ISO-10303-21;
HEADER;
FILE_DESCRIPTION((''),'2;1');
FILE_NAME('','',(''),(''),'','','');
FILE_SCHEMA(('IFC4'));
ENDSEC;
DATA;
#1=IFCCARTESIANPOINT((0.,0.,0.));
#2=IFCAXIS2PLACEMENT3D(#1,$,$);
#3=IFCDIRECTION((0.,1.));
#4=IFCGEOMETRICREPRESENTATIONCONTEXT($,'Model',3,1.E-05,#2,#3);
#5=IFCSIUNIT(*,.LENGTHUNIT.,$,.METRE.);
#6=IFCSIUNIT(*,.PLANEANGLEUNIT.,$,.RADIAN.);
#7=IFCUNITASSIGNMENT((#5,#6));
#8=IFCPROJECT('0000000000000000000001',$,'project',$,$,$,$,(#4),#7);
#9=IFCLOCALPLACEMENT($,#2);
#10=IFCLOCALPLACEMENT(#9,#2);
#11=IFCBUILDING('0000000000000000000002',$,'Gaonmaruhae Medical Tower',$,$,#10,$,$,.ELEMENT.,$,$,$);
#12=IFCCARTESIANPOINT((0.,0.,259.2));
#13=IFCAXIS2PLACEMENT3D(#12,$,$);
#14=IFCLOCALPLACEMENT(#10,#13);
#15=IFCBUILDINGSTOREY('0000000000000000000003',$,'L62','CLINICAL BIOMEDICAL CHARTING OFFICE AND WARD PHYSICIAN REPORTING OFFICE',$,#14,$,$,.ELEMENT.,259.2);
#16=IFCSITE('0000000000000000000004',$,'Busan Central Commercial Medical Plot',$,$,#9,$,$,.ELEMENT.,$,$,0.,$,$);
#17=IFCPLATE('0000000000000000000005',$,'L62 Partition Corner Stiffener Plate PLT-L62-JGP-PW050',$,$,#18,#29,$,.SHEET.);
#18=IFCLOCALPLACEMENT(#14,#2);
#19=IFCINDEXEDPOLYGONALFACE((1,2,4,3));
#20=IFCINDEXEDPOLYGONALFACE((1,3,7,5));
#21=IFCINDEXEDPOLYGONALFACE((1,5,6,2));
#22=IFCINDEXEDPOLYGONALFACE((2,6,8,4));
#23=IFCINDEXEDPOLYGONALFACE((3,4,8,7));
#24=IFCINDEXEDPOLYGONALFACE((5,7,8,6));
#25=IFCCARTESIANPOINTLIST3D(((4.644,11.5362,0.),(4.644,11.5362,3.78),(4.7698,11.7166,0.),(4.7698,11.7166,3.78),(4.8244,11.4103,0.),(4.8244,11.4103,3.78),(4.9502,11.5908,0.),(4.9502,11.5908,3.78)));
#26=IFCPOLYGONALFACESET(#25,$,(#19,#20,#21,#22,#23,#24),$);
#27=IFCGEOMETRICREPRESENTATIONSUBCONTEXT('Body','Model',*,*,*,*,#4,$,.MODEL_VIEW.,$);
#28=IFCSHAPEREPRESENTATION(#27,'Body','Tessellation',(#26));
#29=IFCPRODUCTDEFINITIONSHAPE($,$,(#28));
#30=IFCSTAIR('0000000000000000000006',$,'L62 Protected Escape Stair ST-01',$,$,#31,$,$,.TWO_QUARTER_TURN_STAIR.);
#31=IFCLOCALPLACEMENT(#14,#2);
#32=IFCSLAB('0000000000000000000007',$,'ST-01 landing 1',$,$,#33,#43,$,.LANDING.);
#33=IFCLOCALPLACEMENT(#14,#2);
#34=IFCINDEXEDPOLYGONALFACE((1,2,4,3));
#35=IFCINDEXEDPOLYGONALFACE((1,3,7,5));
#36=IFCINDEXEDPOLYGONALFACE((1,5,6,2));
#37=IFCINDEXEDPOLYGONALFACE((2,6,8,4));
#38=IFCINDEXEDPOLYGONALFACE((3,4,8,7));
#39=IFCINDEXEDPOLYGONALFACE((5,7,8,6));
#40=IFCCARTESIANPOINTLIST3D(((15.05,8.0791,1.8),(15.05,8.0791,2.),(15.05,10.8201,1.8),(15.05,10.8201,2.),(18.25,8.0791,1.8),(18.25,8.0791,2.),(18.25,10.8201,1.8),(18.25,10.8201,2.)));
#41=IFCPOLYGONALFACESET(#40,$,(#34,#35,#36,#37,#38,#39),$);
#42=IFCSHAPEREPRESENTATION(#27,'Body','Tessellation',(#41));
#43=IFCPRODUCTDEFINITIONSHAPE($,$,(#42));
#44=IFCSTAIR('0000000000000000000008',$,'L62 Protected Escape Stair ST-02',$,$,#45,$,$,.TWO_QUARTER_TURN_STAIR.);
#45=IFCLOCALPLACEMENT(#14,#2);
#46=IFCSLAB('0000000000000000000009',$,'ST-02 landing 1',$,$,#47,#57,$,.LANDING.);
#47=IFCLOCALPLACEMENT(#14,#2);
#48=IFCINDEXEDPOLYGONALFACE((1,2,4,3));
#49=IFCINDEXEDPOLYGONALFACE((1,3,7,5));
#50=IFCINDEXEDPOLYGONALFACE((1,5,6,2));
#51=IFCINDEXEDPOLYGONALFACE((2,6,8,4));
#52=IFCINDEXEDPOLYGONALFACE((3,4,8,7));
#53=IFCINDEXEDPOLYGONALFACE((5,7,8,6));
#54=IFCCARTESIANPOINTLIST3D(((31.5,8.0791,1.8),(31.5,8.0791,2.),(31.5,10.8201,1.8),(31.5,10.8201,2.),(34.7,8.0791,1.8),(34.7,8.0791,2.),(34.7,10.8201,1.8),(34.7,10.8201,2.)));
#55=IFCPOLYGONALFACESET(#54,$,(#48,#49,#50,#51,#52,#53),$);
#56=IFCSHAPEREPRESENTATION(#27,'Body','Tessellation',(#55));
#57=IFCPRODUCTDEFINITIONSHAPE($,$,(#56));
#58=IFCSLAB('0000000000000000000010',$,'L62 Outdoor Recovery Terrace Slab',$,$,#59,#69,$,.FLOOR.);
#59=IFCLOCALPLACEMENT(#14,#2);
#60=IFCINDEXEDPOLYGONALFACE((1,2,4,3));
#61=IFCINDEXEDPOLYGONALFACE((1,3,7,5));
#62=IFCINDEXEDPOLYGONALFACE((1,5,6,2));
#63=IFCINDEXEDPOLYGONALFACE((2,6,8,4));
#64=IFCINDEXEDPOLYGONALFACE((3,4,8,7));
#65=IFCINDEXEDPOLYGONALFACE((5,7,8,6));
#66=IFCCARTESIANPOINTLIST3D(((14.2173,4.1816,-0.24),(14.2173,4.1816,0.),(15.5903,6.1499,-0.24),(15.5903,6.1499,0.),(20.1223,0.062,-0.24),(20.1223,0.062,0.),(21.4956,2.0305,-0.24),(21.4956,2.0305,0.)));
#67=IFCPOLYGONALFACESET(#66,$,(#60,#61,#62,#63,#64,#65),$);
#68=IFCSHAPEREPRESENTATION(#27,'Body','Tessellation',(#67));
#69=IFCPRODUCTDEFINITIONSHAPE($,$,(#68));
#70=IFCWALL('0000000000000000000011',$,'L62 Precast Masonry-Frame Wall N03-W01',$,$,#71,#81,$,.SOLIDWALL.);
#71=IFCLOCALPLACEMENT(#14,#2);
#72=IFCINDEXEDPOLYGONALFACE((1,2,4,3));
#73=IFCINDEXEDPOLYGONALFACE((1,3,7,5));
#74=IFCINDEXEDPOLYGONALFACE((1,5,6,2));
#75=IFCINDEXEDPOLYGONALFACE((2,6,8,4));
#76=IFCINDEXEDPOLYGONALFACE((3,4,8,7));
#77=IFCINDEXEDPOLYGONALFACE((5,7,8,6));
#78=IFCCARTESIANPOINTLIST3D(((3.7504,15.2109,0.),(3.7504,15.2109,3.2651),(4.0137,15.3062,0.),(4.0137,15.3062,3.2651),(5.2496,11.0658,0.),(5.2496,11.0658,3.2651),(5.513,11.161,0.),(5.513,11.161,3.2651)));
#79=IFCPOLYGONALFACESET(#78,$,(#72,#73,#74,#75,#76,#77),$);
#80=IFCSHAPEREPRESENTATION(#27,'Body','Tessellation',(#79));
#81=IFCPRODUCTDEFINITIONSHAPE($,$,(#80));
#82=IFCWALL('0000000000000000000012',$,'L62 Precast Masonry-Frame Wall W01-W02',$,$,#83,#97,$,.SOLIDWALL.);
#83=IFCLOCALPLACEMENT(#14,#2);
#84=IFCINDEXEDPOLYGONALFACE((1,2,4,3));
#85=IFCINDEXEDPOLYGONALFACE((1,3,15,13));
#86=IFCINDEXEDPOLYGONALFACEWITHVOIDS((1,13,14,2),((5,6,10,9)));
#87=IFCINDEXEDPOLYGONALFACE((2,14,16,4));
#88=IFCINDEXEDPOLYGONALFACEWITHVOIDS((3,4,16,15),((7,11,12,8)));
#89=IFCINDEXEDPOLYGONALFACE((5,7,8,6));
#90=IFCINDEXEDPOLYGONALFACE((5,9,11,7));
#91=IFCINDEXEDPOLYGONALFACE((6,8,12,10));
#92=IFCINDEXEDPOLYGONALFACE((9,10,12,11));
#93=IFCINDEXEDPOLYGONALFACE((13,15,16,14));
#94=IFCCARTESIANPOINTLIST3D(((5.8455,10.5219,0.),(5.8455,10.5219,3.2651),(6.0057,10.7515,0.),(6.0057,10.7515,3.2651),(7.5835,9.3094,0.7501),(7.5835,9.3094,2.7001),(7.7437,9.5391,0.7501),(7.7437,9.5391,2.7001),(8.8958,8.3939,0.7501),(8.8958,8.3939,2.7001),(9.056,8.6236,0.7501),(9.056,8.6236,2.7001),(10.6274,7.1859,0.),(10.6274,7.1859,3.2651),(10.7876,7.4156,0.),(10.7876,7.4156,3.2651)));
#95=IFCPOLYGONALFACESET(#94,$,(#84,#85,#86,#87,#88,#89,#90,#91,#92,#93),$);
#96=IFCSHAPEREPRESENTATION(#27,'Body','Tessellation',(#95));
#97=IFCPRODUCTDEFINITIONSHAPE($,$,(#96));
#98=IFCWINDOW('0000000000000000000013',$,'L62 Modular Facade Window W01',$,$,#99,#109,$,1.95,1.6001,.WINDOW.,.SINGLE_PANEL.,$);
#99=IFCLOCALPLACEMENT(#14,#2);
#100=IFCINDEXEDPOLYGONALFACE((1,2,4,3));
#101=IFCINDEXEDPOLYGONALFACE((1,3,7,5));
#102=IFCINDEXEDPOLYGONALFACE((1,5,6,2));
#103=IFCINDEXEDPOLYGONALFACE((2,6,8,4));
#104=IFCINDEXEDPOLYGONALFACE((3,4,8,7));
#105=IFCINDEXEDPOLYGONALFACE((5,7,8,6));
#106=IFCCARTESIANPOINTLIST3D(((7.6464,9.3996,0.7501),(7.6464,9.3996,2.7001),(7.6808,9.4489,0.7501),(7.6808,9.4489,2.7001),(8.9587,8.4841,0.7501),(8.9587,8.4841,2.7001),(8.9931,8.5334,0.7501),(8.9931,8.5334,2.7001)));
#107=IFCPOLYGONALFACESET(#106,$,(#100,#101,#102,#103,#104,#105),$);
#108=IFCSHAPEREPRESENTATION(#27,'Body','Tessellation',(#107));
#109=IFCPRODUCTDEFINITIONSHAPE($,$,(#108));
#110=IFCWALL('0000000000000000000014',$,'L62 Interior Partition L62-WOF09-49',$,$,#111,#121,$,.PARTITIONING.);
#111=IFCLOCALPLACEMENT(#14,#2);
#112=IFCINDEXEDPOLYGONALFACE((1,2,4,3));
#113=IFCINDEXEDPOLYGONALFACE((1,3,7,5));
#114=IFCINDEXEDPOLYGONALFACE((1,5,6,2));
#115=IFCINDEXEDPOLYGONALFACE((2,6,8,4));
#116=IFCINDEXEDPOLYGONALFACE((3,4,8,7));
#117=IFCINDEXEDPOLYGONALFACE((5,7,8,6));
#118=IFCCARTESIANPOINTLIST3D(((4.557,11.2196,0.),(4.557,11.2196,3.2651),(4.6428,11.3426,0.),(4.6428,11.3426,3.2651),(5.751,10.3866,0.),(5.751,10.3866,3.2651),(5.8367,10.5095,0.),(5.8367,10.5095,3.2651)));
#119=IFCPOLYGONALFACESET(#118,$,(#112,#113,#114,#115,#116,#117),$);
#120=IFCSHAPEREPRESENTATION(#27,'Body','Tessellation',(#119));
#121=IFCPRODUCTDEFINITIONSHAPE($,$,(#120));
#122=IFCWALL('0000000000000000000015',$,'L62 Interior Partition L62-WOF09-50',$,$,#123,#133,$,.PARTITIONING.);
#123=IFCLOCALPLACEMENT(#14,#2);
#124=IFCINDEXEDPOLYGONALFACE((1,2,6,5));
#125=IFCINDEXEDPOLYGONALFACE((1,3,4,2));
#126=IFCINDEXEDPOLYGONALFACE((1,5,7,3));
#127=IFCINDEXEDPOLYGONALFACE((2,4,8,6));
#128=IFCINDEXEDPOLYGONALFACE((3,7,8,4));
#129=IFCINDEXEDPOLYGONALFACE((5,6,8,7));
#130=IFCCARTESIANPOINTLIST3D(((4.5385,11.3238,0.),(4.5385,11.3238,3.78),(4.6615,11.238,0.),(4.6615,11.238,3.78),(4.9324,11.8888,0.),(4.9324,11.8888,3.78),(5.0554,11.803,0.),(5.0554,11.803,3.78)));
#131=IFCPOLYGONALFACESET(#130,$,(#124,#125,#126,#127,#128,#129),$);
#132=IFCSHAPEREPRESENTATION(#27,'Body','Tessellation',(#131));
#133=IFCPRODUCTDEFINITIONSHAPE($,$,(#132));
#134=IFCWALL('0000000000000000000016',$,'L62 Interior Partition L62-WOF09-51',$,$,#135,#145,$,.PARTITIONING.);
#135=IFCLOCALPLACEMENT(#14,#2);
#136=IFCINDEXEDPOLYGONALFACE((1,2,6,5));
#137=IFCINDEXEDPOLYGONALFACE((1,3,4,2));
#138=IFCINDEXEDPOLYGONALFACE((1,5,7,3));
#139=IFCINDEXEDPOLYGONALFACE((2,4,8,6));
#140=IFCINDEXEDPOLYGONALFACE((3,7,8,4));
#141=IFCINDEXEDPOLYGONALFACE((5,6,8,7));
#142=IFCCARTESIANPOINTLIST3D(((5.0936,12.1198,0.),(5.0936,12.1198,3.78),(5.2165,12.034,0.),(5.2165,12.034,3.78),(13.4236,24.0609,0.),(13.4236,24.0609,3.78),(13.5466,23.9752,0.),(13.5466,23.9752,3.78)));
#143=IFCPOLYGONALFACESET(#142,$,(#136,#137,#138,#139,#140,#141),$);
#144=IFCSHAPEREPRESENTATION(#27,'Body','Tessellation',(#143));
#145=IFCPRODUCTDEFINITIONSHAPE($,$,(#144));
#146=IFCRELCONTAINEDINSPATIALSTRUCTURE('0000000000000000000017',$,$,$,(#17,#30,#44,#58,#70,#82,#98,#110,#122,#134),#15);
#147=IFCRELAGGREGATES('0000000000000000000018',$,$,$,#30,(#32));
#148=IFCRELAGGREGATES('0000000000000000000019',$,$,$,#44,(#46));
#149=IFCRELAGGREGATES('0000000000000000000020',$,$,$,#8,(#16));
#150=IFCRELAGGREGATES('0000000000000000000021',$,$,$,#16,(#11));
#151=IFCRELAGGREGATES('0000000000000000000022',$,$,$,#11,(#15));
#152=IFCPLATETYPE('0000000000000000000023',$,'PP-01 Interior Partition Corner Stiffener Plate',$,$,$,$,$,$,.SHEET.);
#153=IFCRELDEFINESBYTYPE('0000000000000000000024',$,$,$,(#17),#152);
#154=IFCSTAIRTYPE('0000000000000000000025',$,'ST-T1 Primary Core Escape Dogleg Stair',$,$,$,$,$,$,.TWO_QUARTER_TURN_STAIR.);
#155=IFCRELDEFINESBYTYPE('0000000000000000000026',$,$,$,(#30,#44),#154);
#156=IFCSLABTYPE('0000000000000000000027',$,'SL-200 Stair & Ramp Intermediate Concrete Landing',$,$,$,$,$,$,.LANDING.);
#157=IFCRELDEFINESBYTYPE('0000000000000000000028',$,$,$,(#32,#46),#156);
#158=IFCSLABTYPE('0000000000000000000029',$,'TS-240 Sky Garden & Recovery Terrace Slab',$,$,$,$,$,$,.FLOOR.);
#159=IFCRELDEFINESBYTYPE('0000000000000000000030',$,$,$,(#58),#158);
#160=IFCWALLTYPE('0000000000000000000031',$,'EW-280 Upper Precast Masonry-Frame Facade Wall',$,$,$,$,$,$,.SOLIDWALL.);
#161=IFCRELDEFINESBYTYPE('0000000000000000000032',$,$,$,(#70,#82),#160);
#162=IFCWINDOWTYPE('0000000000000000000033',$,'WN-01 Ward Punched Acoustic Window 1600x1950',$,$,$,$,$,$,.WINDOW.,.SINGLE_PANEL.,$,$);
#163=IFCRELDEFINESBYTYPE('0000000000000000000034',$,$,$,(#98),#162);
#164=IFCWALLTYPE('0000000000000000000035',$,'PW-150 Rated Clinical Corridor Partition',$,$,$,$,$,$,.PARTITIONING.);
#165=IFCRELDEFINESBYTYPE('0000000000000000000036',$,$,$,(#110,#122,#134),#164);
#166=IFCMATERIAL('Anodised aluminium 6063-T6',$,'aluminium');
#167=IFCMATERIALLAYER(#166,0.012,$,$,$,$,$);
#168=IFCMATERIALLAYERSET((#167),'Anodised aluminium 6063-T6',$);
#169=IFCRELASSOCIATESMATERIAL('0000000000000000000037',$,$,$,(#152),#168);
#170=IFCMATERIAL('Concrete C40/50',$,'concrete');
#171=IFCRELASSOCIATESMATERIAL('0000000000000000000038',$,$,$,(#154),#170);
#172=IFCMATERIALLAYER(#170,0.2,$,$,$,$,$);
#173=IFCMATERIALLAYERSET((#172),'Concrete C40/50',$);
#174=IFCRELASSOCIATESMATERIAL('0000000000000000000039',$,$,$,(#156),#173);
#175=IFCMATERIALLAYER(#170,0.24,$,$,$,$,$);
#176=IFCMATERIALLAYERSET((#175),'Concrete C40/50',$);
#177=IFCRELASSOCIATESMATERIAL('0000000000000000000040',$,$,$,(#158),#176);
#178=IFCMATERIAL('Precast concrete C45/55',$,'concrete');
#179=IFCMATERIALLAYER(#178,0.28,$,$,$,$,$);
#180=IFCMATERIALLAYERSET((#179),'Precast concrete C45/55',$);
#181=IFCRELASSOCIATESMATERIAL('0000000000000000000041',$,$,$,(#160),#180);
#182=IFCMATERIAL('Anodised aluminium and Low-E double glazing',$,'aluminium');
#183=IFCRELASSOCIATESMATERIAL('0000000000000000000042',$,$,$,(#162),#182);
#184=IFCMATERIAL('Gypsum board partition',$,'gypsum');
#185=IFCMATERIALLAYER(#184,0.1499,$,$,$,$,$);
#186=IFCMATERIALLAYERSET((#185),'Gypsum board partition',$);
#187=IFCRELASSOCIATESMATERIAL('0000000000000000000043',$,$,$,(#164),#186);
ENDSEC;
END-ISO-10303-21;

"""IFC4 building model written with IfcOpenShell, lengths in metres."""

from ifc_helpers import new_model, si_unit, direction, frame, frame_2d, origin, origin_2d, place, context, subcontext, project, spatial, polyline, rectangle, outline, extrude, material, layer, layer_set, type_object, element, fill, aggregate, save


model = new_model("IFC4")

# Units and contexts
model_context = context("Model", 3, precision=1e-05, world=origin(), true_north=direction((0.0, 1.0)))
body_context = subcontext(model_context, "Body", "Model", "MODEL_VIEW")
ifc_project = project(units=[si_unit("LENGTHUNIT", "METRE"), si_unit("PLANEANGLEUNIT", "RADIAN")], contexts=[model_context])

# Site, building, storey
site_placement = place(None, origin())
site = spatial("IfcSite", under=ifc_project, at=site_placement, Name="Busan Central Commercial Medical Plot", CompositionType="ELEMENT", RefElevation=0.0)
building_placement = place(site_placement, origin())
building = spatial("IfcBuilding", under=site, at=building_placement, Name="Gaonmaruhae Medical Tower", CompositionType="ELEMENT")
storey_placement = place(building_placement, frame((0.0, 0.0, 259.2)))
storey = spatial("IfcBuildingStorey", under=building, at=storey_placement, Name="L62", Description="CLINICAL BIOMEDICAL CHARTING OFFICE AND WARD PHYSICIAN REPORTING OFFICE", CompositionType="ELEMENT", Elevation=259.2)

# Shared definitions
ifc_material_1 = material(Name="Concrete C40/50", Category="concrete")

# Plate
ifc_material_2 = material(Name="Anodised aluminium 6063-T6", Category="aluminium")
ifc_layer_1 = layer(ifc_material_2, 0.012)
ifc_layer_set_1 = layer_set([ifc_layer_1], Name="Anodised aluminium 6063-T6")
plate_type = type_object("IfcPlateType", Name="PP-01 Interior Partition Corner Stiffener Plate", PredefinedType="SHEET", material=ifc_layer_set_1)
plate_1_placement = place(storey_placement, frame((4.7971, 11.5635, 0.0), z_axis=(0.0, 0.0, 1.0), x_axis=(0.572003, 0.820252, 0.0)))
element("IfcPlate", 1, at=plate_1_placement, inside=storey, type_object=plate_type, Name="L62 Partition Corner Stiffener Plate PLT-L62-JGP-PW050", PredefinedType="SHEET", context=body_context, shape_type="SweptSolid", body=[
    extrude(rectangle(XDim=0.22, YDim=0.22, at=origin_2d()), origin(), (0.0, 0.0, 1.0), 3.78),
])

# Stairs, slabs
stair_type = type_object("IfcStairType", Name="ST-T1 Primary Core Escape Dogleg Stair", PredefinedType="TWO_QUARTER_TURN_STAIR", material=ifc_material_1)
stair_1_placement = place(storey_placement, origin())
stair_1 = element("IfcStair", 2, at=stair_1_placement, inside=storey, type_object=stair_type, Name="L62 Protected Escape Stair ST-01", PredefinedType="TWO_QUARTER_TURN_STAIR")
ifc_layer_2 = layer(ifc_material_1, 0.2)
ifc_layer_set_2 = layer_set([ifc_layer_2], Name="Concrete C40/50")
slab_type_1 = type_object("IfcSlabType", Name="SL-200 Stair & Ramp Intermediate Concrete Landing", PredefinedType="LANDING", material=ifc_layer_set_2)
slab_1_placement = place(storey_placement, frame((0.0, 0.0, 1.8)))
slab_1 = element("IfcSlab", 3, at=slab_1_placement, type_object=slab_type_1, Name="ST-01 landing 1", PredefinedType="LANDING", context=body_context, shape_type="SweptSolid", body=[
    extrude(outline(polyline([(15.05, 10.8201), (15.05, 8.0791), (18.25, 8.0791), (18.25, 10.8201), (15.05, 10.8201)])), origin(), (0.0, 0.0, 1.0), 0.2),
])
aggregate(stair_1, [slab_1])
stair_2_placement = place(storey_placement, origin())
stair_2 = element("IfcStair", 4, at=stair_2_placement, inside=storey, type_object=stair_type, Name="L62 Protected Escape Stair ST-02", PredefinedType="TWO_QUARTER_TURN_STAIR")
slab_2_placement = place(storey_placement, frame((0.0, 0.0, 1.8)))
slab_2 = element("IfcSlab", 5, at=slab_2_placement, type_object=slab_type_1, Name="ST-02 landing 1", PredefinedType="LANDING", context=body_context, shape_type="SweptSolid", body=[
    extrude(outline(polyline([(31.5, 10.8201), (31.5, 8.0791), (34.7, 8.0791), (34.7, 10.8201), (31.5, 10.8201)])), origin(), (0.0, 0.0, 1.0), 0.2),
])
aggregate(stair_2, [slab_2])

# Slab
ifc_layer_3 = layer(ifc_material_1, 0.24)
ifc_layer_set_3 = layer_set([ifc_layer_3], Name="Concrete C40/50")
slab_type_2 = type_object("IfcSlabType", Name="TS-240 Sky Garden & Recovery Terrace Slab", PredefinedType="FLOOR", material=ifc_layer_set_3)
slab_3_placement = place(storey_placement, frame((0.0, 0.0, -0.24)))
element("IfcSlab", 6, at=slab_3_placement, inside=storey, type_object=slab_type_2, Name="L62 Outdoor Recovery Terrace Slab", PredefinedType="FLOOR", context=body_context, shape_type="SweptSolid", body=[
    extrude(outline(polyline([(20.1223, 0.062), (21.4956, 2.0305), (15.5903, 6.1499), (14.2173, 4.1816), (20.1223, 0.062)])), origin(), (0.0, 0.0, 1.0), 0.24),
])

# Wall
ifc_material_3 = material(Name="Precast concrete C45/55", Category="concrete")
ifc_layer_4 = layer(ifc_material_3, 0.28)
ifc_layer_set_4 = layer_set([ifc_layer_4], Name="Precast concrete C45/55")
wall_type_1 = type_object("IfcWallType", Name="EW-280 Upper Precast Masonry-Frame Facade Wall", PredefinedType="SOLIDWALL", material=ifc_layer_set_4)
wall_1_placement = place(storey_placement, frame((5.3813, 11.1133, 0.0), z_axis=(0.0, 0.0, 1.0), x_axis=(-0.340119, 0.940382, 0.0)))
element("IfcWall", 7, at=wall_1_placement, inside=storey, type_object=wall_type_1, Name="L62 Precast Masonry-Frame Wall N03-W01", PredefinedType="SOLIDWALL", context=body_context, shape_type="SweptSolid", body=[
    extrude(rectangle(XDim=4.408, YDim=0.28, at=frame_2d((2.2041, 0.0))), origin(), (0.0, 0.0, 1.0), 3.2651),
])

# Wall, opening, window
wall_2_placement = place(storey_placement, frame((10.7075, 7.3008, 0.0), z_axis=(0.0, 0.0, 1.0), x_axis=(-0.820153, 0.572144, 0.0)))
wall_2 = element("IfcWall", 8, at=wall_2_placement, inside=storey, type_object=wall_type_1, Name="L62 Precast Masonry-Frame Wall W01-W02", PredefinedType="SOLIDWALL", context=body_context, shape_type="SweptSolid", body=[
    extrude(rectangle(XDim=5.8306, YDim=0.28, at=frame_2d((2.9153, 0.0))), origin(), (0.0, 0.0, 1.0), 3.2651),
])
opening_placement = place(wall_2_placement, frame((2.1113, 0.0, 0.75)))
opening = element("IfcOpeningElement", 9, at=opening_placement, cuts=wall_2, PredefinedType="OPENING", context=body_context, shape_type="SweptSolid", body=[
    extrude(rectangle(XDim=1.6001, YDim=1.95, at=frame_2d((0.8, 0.9751))), frame((0.0, 0.1499, 0.0), z_axis=(0.0, -1.0, 0.0), x_axis=(1.0, 0.0, 0.0)), (0.0, 0.0, 1.0), 0.3),
])
ifc_material_4 = material(Name="Anodised aluminium and Low-E double glazing", Category="aluminium")
window_type = type_object("IfcWindowType", Name="WN-01 Ward Punched Acoustic Window 1600x1950", PartitioningType="SINGLE_PANEL", PredefinedType="WINDOW", material=ifc_material_4)
window_placement = place(opening_placement, origin())
window = element("IfcWindow", 10, at=window_placement, inside=storey, type_object=window_type, Name="L62 Modular Facade Window W01", OverallHeight=1.95, OverallWidth=1.6001, PartitioningType="SINGLE_PANEL", PredefinedType="WINDOW", context=body_context, shape_type="SweptSolid", body=[
    extrude(rectangle(XDim=1.6001, YDim=1.95, at=frame_2d((0.8, 0.9751))), frame((0.0, 0.03, 0.0), z_axis=(0.0, -1.0, 0.0), x_axis=(1.0, 0.0, 0.0)), (0.0, 0.0, 1.0), 0.0601),
])
fill(opening, window)

# Walls
ifc_material_5 = material(Name="Gypsum board partition", Category="gypsum")
ifc_layer_5 = layer(ifc_material_5, 0.1499)
ifc_layer_set_5 = layer_set([ifc_layer_5], Name="Gypsum board partition")
wall_type_2 = type_object("IfcWallType", Name="PW-150 Rated Clinical Corridor Partition", PredefinedType="PARTITIONING", material=ifc_layer_set_5)
wall_3_placement = place(storey_placement, frame((5.7939, 10.448, 0.0), z_axis=(0.0, 0.0, 1.0), x_axis=(-0.820098, 0.572224, 0.0)))
element("IfcWall", 11, at=wall_3_placement, inside=storey, type_object=wall_type_2, Name="L62 Interior Partition L62-WOF09-49", PredefinedType="PARTITIONING", context=body_context, shape_type="SweptSolid", body=[
    extrude(rectangle(XDim=1.4558, YDim=0.1499, at=frame_2d((0.728, 0.0))), origin(), (0.0, 0.0, 1.0), 3.2651),
])
wall_4_placement = place(storey_placement, frame((4.6001, 11.281, 0.0), z_axis=(0.0, 0.0, 1.0), x_axis=(0.571843, 0.820363, 0.0)))
element("IfcWall", 12, at=wall_4_placement, inside=storey, type_object=wall_type_2, Name="L62 Interior Partition L62-WOF09-50", PredefinedType="PARTITIONING", context=body_context, shape_type="SweptSolid", body=[
    extrude(rectangle(XDim=0.6887, YDim=0.1499, at=frame_2d((0.3442, 0.0))), origin(), (0.0, 0.0, 1.0), 3.78),
])
wall_5_placement = place(storey_placement, frame((5.155, 12.0769, 0.0), z_axis=(0.0, 0.0, 1.0), x_axis=(0.572137, 0.820158, 0.0)))
element("IfcWall", 13, at=wall_5_placement, inside=storey, type_object=wall_type_2, Name="L62 Interior Partition L62-WOF09-51", PredefinedType="PARTITIONING", context=body_context, shape_type="SweptSolid", body=[
    extrude(rectangle(XDim=14.5596, YDim=0.1499, at=frame_2d((7.2798, 0.0))), origin(), (0.0, 0.0, 1.0), 3.78),
])

save(model, "model.ifc")
